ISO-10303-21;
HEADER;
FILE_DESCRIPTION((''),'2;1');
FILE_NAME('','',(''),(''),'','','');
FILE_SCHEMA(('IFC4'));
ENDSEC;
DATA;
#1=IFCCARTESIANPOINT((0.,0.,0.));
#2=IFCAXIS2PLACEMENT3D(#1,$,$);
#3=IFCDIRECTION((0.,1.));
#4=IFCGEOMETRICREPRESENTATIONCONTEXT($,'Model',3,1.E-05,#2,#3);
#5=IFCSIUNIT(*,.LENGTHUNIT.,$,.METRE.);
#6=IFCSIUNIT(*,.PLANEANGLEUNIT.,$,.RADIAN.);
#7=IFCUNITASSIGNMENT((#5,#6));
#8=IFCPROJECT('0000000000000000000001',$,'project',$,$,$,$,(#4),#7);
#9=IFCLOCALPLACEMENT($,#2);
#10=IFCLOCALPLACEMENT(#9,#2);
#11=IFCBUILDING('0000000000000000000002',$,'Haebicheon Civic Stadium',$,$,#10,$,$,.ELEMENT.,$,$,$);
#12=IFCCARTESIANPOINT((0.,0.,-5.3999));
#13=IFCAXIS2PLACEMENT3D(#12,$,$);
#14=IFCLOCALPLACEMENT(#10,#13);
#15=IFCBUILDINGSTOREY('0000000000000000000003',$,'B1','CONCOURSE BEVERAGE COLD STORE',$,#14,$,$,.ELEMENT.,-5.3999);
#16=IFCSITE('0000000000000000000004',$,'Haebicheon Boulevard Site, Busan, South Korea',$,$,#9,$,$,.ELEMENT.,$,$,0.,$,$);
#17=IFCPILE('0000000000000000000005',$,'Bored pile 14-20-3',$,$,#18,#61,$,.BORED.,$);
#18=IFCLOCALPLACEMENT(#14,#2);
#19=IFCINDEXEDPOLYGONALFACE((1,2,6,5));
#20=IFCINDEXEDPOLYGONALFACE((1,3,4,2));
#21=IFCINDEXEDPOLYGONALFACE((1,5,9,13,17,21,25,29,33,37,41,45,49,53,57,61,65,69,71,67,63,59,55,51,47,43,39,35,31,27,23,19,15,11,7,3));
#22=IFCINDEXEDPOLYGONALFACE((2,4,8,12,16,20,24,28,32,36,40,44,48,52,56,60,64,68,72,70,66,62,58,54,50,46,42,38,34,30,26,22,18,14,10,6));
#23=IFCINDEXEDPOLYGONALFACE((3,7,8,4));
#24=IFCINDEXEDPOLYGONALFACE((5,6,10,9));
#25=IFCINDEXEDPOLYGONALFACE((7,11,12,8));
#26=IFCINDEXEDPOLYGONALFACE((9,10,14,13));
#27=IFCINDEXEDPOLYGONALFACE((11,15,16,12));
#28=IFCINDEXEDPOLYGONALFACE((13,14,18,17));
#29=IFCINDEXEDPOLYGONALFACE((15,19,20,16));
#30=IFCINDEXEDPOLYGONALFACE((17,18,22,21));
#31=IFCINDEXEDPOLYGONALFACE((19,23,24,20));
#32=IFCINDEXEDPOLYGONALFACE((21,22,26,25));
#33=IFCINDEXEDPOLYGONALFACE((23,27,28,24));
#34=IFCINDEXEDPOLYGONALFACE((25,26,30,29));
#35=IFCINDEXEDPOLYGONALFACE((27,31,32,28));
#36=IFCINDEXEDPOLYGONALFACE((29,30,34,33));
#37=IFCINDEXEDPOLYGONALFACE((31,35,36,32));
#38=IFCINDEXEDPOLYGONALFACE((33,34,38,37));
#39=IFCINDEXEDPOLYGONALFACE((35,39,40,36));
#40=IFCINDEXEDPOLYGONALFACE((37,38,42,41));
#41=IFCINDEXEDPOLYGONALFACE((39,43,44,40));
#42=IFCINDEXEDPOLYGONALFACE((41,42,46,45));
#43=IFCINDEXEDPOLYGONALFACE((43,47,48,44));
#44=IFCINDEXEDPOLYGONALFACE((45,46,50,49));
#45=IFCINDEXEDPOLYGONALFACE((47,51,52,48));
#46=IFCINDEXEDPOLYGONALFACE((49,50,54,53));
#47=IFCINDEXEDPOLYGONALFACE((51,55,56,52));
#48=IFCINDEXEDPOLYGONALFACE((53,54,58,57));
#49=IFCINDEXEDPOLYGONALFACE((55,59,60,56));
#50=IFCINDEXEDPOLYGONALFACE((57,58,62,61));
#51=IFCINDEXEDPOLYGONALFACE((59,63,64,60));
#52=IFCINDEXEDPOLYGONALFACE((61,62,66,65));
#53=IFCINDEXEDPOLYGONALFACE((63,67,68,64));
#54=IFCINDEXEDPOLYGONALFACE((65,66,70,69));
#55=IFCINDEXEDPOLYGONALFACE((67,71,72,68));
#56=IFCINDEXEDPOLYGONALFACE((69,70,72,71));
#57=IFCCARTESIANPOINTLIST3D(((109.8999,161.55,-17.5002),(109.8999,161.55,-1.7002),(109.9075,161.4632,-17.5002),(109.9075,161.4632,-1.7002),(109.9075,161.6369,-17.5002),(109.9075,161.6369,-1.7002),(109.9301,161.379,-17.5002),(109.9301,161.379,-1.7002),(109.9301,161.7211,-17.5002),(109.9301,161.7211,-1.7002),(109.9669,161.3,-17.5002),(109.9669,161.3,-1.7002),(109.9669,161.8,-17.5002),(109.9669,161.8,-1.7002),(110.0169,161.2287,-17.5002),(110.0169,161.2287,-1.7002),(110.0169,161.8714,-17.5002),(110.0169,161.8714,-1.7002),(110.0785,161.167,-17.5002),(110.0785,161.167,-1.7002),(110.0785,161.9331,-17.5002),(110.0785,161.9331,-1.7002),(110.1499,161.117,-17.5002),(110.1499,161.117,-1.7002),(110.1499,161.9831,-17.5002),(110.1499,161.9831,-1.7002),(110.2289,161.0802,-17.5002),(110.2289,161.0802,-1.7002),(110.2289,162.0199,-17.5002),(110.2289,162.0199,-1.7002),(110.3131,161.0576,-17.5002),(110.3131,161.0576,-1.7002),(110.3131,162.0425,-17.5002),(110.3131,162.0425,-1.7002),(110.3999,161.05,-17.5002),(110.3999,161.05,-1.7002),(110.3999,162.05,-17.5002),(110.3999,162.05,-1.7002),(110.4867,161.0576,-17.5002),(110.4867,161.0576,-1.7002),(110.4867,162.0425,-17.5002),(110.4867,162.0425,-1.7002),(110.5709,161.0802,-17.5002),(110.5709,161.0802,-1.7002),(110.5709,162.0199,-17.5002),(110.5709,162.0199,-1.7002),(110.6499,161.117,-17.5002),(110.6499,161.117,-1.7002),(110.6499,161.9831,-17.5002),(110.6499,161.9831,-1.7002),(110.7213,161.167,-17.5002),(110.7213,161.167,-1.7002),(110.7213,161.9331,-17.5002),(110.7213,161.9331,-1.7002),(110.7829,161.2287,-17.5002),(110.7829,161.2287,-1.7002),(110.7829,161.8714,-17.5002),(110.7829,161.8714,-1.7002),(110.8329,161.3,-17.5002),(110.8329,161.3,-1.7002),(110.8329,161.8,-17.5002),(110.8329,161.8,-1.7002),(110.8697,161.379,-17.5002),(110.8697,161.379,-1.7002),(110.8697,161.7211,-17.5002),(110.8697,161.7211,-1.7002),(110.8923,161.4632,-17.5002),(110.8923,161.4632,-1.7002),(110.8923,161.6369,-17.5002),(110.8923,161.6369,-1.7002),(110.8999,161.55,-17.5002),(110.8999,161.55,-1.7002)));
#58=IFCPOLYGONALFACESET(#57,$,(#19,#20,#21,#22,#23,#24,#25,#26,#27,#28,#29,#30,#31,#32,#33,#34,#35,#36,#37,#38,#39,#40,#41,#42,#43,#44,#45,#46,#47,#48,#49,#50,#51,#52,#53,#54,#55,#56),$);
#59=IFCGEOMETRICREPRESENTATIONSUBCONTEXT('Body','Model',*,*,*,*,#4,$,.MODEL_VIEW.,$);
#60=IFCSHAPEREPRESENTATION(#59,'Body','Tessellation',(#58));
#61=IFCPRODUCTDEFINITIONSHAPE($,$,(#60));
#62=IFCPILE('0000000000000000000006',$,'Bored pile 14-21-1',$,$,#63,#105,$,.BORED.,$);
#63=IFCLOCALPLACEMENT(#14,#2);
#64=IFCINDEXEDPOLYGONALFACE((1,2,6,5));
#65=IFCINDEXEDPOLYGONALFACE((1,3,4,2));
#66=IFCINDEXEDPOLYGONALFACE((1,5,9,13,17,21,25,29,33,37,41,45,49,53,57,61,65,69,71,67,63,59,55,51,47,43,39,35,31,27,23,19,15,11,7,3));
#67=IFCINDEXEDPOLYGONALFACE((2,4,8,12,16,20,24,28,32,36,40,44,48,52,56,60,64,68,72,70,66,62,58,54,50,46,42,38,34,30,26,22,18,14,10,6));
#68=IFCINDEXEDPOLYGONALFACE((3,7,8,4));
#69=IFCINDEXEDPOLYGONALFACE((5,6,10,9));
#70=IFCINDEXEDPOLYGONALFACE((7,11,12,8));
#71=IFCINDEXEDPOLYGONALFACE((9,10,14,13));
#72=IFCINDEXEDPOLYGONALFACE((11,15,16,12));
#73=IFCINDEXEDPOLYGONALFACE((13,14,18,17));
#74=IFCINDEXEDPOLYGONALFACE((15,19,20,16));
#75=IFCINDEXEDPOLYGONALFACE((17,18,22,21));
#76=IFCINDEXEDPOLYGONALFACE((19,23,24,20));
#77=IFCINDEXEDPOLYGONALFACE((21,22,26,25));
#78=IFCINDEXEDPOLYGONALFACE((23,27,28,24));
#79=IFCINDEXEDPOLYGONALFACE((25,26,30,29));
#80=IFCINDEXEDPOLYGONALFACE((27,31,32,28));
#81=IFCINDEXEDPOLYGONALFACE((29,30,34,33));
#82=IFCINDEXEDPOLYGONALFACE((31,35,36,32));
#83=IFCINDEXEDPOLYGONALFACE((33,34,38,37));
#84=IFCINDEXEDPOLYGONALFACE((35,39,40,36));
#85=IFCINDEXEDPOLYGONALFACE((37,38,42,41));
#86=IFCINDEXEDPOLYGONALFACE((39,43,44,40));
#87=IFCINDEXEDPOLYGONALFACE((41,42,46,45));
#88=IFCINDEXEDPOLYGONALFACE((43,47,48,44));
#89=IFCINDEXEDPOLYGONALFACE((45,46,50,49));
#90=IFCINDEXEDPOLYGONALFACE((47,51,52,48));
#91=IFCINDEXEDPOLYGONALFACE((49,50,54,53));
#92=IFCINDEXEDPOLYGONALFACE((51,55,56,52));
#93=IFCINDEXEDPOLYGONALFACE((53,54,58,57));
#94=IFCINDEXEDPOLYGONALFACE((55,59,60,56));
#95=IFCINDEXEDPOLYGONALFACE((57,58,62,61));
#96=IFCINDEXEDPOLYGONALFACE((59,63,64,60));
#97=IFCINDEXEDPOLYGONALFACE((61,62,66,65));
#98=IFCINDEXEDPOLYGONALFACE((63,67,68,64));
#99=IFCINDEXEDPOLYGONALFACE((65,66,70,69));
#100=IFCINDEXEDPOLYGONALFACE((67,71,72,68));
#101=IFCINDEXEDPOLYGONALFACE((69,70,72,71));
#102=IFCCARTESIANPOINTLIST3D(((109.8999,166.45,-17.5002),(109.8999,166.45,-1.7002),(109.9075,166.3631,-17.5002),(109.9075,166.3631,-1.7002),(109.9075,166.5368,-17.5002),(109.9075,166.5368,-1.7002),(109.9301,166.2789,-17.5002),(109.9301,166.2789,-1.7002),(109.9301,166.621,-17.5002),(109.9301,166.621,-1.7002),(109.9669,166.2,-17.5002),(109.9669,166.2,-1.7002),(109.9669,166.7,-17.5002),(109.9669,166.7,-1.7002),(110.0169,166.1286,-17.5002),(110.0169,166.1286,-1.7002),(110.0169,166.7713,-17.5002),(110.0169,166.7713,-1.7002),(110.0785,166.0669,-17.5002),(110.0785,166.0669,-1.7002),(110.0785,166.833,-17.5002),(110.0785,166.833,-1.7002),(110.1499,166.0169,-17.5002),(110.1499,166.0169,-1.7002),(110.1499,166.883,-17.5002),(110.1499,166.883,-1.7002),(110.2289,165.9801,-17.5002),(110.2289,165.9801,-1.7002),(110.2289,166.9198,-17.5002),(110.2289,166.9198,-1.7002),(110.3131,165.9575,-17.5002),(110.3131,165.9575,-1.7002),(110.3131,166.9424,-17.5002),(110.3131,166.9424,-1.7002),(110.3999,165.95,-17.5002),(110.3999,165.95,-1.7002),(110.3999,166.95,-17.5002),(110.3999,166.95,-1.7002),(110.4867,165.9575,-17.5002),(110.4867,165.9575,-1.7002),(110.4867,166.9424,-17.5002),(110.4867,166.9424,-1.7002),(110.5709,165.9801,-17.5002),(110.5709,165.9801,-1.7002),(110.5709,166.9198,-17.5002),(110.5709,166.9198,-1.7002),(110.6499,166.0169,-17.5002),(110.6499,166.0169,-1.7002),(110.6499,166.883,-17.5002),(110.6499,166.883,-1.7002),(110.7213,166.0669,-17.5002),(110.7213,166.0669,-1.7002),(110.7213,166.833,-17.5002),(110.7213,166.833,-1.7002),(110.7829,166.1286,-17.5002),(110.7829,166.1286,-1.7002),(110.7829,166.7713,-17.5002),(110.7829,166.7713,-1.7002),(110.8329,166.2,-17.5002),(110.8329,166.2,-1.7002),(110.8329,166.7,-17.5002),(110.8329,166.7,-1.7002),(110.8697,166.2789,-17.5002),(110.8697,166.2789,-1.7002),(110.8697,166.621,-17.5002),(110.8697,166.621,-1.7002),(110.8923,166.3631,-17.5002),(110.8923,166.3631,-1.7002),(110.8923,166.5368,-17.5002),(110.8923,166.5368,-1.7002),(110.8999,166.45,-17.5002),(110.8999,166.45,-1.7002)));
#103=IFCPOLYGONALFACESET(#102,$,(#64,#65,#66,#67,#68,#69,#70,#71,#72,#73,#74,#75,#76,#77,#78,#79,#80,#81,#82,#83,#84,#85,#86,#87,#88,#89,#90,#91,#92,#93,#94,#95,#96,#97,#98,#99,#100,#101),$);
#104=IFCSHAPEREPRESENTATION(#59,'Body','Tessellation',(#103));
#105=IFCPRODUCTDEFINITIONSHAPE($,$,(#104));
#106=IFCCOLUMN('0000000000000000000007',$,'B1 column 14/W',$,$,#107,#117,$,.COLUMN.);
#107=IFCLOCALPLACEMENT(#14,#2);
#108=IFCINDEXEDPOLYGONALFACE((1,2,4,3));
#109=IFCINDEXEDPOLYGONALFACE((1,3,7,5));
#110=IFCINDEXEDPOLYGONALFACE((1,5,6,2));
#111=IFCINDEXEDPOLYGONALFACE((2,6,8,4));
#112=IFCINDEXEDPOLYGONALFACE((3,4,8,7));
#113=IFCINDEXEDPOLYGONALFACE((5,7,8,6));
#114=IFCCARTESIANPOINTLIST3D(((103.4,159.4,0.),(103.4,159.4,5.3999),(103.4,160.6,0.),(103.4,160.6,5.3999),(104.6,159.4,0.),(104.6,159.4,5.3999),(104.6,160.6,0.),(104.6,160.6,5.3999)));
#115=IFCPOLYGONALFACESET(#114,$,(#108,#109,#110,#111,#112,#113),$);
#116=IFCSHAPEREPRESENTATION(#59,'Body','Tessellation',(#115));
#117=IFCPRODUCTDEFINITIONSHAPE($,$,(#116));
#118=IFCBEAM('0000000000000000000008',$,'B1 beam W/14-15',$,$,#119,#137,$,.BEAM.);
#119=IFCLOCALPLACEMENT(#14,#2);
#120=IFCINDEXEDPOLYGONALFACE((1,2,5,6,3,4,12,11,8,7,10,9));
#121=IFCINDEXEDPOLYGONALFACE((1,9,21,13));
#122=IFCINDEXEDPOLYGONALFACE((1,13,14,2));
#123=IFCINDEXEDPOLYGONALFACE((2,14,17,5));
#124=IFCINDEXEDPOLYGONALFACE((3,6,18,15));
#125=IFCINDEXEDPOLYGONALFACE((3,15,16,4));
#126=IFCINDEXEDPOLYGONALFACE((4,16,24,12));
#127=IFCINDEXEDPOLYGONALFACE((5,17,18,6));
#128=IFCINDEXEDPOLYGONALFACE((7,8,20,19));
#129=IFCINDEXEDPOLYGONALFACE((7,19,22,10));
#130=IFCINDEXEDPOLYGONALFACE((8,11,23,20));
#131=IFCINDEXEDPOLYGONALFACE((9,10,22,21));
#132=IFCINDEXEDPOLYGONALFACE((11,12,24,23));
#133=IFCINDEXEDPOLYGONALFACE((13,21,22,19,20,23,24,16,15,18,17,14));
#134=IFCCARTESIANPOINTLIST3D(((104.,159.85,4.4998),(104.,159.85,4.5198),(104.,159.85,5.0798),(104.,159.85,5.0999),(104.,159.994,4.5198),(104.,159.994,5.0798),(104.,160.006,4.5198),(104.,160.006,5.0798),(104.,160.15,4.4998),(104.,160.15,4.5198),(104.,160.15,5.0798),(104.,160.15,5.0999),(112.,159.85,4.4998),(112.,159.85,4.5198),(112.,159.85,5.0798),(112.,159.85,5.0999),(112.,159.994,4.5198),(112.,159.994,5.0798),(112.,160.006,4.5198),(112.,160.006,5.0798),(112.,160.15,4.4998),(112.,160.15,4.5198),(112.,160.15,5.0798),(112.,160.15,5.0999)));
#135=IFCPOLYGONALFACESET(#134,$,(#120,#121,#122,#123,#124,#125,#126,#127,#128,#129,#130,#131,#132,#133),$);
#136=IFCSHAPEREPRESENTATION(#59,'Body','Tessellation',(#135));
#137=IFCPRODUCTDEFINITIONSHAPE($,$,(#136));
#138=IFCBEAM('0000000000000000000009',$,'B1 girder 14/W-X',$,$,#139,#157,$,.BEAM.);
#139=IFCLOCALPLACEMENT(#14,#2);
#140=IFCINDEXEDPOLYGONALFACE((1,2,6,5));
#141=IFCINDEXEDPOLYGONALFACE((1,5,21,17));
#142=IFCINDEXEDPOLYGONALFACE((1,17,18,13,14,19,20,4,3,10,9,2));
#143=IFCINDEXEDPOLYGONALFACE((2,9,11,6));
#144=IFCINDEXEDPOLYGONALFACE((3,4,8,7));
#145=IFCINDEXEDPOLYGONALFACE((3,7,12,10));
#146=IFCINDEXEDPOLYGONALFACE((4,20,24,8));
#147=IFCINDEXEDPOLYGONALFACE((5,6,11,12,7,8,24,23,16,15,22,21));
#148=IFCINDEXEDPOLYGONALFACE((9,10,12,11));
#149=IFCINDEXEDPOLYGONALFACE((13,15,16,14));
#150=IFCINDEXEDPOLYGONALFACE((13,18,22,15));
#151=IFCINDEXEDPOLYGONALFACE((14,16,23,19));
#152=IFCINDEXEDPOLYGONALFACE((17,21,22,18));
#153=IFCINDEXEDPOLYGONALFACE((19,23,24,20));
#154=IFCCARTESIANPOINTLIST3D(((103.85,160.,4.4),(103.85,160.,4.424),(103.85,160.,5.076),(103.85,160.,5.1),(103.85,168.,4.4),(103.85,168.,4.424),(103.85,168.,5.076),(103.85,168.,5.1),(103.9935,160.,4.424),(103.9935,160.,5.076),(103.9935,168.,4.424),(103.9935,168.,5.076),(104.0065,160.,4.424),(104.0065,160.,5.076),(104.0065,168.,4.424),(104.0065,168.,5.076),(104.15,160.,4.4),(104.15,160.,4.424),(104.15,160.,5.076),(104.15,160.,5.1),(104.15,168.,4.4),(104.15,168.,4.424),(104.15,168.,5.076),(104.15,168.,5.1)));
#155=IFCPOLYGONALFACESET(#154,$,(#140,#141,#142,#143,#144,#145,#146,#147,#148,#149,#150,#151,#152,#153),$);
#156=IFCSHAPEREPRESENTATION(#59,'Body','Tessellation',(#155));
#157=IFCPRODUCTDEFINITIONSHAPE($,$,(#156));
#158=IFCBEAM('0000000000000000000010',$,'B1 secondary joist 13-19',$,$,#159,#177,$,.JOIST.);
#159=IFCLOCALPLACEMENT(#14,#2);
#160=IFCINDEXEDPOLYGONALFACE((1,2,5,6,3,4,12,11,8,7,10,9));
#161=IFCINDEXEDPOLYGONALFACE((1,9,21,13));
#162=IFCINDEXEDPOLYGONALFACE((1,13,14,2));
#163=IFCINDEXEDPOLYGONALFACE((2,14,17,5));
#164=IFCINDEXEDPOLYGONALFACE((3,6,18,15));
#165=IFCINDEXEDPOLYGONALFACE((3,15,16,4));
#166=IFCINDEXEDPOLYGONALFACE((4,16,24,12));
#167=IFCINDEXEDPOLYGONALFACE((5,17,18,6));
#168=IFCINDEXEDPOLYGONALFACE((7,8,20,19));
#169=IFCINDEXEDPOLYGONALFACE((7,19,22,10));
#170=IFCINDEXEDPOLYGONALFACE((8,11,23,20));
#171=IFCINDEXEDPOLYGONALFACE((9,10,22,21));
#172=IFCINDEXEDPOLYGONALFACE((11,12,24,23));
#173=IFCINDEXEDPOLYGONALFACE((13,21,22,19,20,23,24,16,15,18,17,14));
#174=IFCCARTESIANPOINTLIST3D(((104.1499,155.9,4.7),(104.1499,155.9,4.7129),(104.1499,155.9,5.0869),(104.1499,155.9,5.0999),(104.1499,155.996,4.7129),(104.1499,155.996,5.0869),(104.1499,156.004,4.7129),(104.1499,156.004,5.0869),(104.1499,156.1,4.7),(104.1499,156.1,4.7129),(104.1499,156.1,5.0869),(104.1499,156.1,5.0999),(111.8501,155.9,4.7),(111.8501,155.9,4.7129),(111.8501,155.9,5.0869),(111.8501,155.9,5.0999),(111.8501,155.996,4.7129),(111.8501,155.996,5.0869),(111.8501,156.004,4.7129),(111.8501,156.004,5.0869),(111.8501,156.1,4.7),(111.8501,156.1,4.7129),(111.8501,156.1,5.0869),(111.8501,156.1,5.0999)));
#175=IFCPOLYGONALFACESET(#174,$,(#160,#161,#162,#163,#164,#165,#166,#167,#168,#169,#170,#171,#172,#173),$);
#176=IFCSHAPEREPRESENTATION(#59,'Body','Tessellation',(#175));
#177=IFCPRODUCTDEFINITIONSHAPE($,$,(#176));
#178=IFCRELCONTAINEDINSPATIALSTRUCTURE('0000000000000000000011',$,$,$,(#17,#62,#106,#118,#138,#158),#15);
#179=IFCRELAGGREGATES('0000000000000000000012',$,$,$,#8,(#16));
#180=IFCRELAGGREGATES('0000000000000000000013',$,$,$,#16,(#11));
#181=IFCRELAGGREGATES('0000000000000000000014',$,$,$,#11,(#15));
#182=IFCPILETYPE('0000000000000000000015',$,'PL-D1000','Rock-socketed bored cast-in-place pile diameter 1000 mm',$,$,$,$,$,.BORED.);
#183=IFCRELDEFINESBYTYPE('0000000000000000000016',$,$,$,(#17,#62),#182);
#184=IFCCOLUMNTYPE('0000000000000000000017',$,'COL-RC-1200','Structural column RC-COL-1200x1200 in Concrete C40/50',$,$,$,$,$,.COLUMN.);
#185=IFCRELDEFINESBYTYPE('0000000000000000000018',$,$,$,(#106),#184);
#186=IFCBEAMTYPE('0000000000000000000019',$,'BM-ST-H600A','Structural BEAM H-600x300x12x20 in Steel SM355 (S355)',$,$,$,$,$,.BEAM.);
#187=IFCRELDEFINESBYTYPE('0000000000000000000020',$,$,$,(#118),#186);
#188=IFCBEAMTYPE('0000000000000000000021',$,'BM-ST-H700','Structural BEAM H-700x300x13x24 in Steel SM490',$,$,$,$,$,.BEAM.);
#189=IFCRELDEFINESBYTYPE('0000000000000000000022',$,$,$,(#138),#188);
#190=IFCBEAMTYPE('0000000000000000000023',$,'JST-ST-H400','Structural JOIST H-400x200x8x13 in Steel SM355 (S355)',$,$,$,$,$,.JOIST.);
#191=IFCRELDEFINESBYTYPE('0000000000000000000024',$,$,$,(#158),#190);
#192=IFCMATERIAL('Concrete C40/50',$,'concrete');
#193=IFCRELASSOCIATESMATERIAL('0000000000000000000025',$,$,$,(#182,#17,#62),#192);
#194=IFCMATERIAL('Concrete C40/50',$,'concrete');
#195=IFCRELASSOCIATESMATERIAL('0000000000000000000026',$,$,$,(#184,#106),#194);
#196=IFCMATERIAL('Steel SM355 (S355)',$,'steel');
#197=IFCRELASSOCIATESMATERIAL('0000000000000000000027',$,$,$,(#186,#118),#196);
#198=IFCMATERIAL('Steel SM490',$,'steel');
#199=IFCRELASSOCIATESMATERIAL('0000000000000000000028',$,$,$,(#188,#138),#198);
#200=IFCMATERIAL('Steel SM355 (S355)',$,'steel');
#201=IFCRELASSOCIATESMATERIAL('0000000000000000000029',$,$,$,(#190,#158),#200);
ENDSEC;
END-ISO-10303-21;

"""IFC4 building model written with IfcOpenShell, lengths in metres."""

from ifc_helpers import new_model, si_unit, direction, frame, origin, origin_2d, place, context, subcontext, project, spatial, rectangle, circle, i_section, extrude, material, material_profile, profile_set, type_object, element, save


model = new_model("IFC4")

# Units and contexts
model_context = context("Model", 3, precision=1e-05, world=origin(), true_north=direction((0.0, 1.0)))
body_context = subcontext(model_context, "Body", "Model", "MODEL_VIEW")
ifc_project = project(units=[si_unit("LENGTHUNIT", "METRE"), si_unit("PLANEANGLEUNIT", "RADIAN")], contexts=[model_context])

# Site, building, storey
site_placement = place(None, origin())
site = spatial("IfcSite", under=ifc_project, at=site_placement, Name="Haebicheon Boulevard Site, Busan, South Korea", CompositionType="ELEMENT", RefElevation=0.0)
building_placement = place(site_placement, origin())
building = spatial("IfcBuilding", under=site, at=building_placement, Name="Haebicheon Civic Stadium", CompositionType="ELEMENT")
storey_placement = place(building_placement, frame((0.0, 0.0, -5.3999)))
storey = spatial("IfcBuildingStorey", under=building, at=storey_placement, Name="B1", Description="CONCOURSE BEVERAGE COLD STORE", CompositionType="ELEMENT", Elevation=-5.3999)

# Piles
ifc_material_1 = material(Name="Concrete C40/50", Category="concrete")
ifc_material_profile_1 = material_profile(ifc_material_1, circle(Radius=0.5, at=origin_2d()), Name="PILE-D1000")
ifc_profile_set_1 = profile_set([ifc_material_profile_1], Name="Concrete C40/50")
pile_type = type_object("IfcPileType", Name="PL-D1000", Description="Rock-socketed bored cast-in-place pile diameter 1000 mm", PredefinedType="BORED", material=ifc_profile_set_1)
for number, where, z_axis, x_axis, name in (
    (1, (110.3999, 161.55, -1.7002), (0.0, 0.0, -1.0), (1.0, 0.0, 0.0), "Bored pile 14-20-3"),
    (2, (110.3999, 166.45, -1.7002), (0.0, 0.0, -1.0), (1.0, 0.0, 0.0), "Bored pile 14-21-1"),
):
    element("IfcPile", number, at=place(storey_placement, frame(where, z_axis=z_axis, x_axis=x_axis)), inside=storey, type_object=pile_type, material=ifc_profile_set_1, Name=name, PredefinedType="BORED", context=body_context, shape_type="SweptSolid", body=[
        extrude(circle(Radius=0.5, at=origin_2d()), origin(), (0.0, 0.0, 1.0), 15.8),
    ])

# Column
ifc_material_2 = material(Name="Concrete C40/50", Category="concrete")
ifc_material_profile_2 = material_profile(ifc_material_2, rectangle(XDim=1.2, YDim=1.2, at=origin_2d()), Name="RC-COL-1200x1200")
ifc_profile_set_2 = profile_set([ifc_material_profile_2], Name="Concrete C40/50")
column_type = type_object("IfcColumnType", Name="COL-RC-1200", Description="Structural column RC-COL-1200x1200 in Concrete C40/50", PredefinedType="COLUMN", material=ifc_profile_set_2)
column_placement = place(storey_placement, frame((104.0, 160.0, 0.0), z_axis=(0.0, 0.0, 1.0), x_axis=(1.0, 0.0, 0.0)))
element("IfcColumn", 3, at=column_placement, inside=storey, type_object=column_type, material=ifc_profile_set_2, Name="B1 column 14/W", PredefinedType="COLUMN", context=body_context, shape_type="SweptSolid", body=[
    extrude(rectangle(XDim=1.2, YDim=1.2, at=origin_2d()), origin(), (0.0, 0.0, 1.0), 5.3999),
])

# Beams
ifc_material_3 = material(Name="Steel SM355 (S355)", Category="steel")
ifc_material_profile_3 = material_profile(ifc_material_3, i_section(OverallWidth=0.3, OverallDepth=0.6001, WebThickness=0.012, FlangeThickness=0.02, at=origin_2d()), Name="H-600x300x12x20")
ifc_profile_set_3 = profile_set([ifc_material_profile_3], Name="Steel SM355 (S355)")
beam_type_1 = type_object("IfcBeamType", Name="BM-ST-H600A", Description="Structural BEAM H-600x300x12x20 in Steel SM355 (S355)", PredefinedType="BEAM", material=ifc_profile_set_3)
beam_1_placement = place(storey_placement, frame((104.0, 160.0, 4.7998), z_axis=(1.0, 0.0, 0.0), x_axis=(0.0, 1.0, 0.0)))
element("IfcBeam", 4, at=beam_1_placement, inside=storey, type_object=beam_type_1, material=ifc_profile_set_3, Name="B1 beam W/14-15", PredefinedType="BEAM", context=body_context, shape_type="SweptSolid", body=[
    extrude(i_section(OverallWidth=0.3, OverallDepth=0.6001, WebThickness=0.012, FlangeThickness=0.02, at=origin_2d()), origin(), (0.0, 0.0, 1.0), 8.0),
])
ifc_material_4 = material(Name="Steel SM490", Category="steel")
ifc_material_profile_4 = material_profile(ifc_material_4, i_section(OverallWidth=0.3, OverallDepth=0.7, WebThickness=0.0129, FlangeThickness=0.0239, at=origin_2d()), Name="H-700x300x13x24")
ifc_profile_set_4 = profile_set([ifc_material_profile_4], Name="Steel SM490")
beam_type_2 = type_object("IfcBeamType", Name="BM-ST-H700", Description="Structural BEAM H-700x300x13x24 in Steel SM490", PredefinedType="BEAM", material=ifc_profile_set_4)
beam_2_placement = place(storey_placement, frame((104.0, 160.0, 4.75), z_axis=(0.0, 1.0, 0.0), x_axis=(-1.0, 0.0, 0.0)))
element("IfcBeam", 5, at=beam_2_placement, inside=storey, type_object=beam_type_2, material=ifc_profile_set_4, Name="B1 girder 14/W-X", PredefinedType="BEAM", context=body_context, shape_type="SweptSolid", body=[
    extrude(i_section(OverallWidth=0.3, OverallDepth=0.7, WebThickness=0.0129, FlangeThickness=0.0239, at=origin_2d()), origin(), (0.0, 0.0, 1.0), 8.0),
])
ifc_material_5 = material(Name="Steel SM355 (S355)", Category="steel")
ifc_material_profile_5 = material_profile(ifc_material_5, i_section(OverallWidth=0.2, OverallDepth=0.3999, WebThickness=0.0081, FlangeThickness=0.0129, at=origin_2d()), Name="H-400x200x8x13")
ifc_profile_set_5 = profile_set([ifc_material_profile_5], Name="Steel SM355 (S355)")
beam_type_3 = type_object("IfcBeamType", Name="JST-ST-H400", Description="Structural JOIST H-400x200x8x13 in Steel SM355 (S355)", PredefinedType="JOIST", material=ifc_profile_set_5)
for number, where, z_axis, x_axis, name in (
    (6, (104.1499, 156.0, 4.8999), (1.0, 0.0, 0.0), (0.0, 1.0, 0.0), "B1 secondary joist 13-19"),
):
    element("IfcBeam", number, at=place(storey_placement, frame(where, z_axis=z_axis, x_axis=x_axis)), inside=storey, type_object=beam_type_3, material=ifc_profile_set_5, Name=name, PredefinedType="JOIST", context=body_context, shape_type="SweptSolid", body=[
        extrude(i_section(OverallWidth=0.2, OverallDepth=0.3999, WebThickness=0.0081, FlangeThickness=0.0129, at=origin_2d()), origin(), (0.0, 0.0, 1.0), 7.7002),
    ])

save(model, "model.ifc")
